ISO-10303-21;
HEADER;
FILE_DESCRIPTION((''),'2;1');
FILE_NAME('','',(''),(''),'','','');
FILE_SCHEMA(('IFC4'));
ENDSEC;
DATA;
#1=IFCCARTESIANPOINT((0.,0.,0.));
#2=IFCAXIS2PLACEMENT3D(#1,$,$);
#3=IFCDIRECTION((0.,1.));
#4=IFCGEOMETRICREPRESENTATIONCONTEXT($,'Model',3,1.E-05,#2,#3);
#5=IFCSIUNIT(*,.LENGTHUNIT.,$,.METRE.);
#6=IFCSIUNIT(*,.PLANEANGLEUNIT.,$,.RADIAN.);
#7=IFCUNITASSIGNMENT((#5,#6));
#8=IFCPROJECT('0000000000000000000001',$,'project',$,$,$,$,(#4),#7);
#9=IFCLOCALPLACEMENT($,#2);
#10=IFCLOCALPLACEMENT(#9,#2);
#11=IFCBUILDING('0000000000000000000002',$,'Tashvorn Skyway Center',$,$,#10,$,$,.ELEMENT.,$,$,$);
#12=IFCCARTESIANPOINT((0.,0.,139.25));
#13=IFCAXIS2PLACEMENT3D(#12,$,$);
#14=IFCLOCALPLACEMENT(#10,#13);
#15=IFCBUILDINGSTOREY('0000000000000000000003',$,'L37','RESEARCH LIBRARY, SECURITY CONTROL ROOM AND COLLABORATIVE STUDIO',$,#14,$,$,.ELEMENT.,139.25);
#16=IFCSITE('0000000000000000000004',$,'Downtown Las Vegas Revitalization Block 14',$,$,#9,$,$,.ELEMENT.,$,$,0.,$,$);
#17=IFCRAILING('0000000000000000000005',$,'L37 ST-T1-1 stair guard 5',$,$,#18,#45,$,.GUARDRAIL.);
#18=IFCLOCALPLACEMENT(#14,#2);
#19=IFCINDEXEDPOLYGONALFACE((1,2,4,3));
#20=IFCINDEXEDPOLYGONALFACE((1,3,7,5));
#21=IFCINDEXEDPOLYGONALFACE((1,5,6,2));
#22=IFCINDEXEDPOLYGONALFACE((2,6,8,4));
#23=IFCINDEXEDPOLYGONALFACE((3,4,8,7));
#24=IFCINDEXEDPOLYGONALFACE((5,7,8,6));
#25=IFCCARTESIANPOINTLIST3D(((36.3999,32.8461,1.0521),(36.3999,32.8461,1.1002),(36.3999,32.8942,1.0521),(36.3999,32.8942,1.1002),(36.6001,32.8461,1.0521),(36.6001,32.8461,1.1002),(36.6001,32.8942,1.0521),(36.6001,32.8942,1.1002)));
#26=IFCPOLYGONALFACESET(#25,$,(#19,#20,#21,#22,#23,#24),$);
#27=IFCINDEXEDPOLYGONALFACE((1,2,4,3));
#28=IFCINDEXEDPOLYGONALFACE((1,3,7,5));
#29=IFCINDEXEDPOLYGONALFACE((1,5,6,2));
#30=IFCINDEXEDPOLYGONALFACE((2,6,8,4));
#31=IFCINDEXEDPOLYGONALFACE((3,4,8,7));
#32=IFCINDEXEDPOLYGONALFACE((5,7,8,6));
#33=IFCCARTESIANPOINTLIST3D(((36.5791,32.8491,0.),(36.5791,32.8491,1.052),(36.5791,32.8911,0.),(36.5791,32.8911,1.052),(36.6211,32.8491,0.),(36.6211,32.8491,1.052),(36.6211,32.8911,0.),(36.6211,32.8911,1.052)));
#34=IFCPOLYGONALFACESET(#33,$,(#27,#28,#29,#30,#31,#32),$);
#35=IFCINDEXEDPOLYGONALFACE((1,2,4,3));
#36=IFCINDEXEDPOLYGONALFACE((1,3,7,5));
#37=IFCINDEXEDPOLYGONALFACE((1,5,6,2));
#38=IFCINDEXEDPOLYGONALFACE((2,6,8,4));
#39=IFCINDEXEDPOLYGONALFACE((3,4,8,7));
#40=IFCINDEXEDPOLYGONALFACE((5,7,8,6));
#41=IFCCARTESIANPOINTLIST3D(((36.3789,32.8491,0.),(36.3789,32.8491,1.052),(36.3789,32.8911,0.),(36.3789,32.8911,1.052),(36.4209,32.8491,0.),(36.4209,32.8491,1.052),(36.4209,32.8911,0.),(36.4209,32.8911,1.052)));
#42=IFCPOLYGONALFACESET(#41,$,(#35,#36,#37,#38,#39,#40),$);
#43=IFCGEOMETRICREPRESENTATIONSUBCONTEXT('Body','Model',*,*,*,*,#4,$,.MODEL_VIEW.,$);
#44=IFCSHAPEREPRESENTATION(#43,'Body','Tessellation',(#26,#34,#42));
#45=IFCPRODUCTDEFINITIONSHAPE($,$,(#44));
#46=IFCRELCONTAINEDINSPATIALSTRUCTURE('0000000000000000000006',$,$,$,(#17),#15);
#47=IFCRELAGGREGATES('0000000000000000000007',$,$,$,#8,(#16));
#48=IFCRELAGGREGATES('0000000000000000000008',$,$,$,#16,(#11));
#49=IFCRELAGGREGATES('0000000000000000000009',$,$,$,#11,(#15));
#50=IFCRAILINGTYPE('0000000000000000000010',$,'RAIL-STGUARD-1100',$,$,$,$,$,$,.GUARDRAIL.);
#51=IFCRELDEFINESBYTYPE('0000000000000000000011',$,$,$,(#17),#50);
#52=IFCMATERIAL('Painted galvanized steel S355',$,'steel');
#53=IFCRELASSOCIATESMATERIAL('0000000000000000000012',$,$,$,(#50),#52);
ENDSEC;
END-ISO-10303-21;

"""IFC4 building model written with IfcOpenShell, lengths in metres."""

from ifc_helpers import new_model, si_unit, direction, frame, origin, origin_2d, place, context, subcontext, project, spatial, rectangle, extrude, material, type_object, element, save


model = new_model("IFC4")

# Units and contexts
model_context = context("Model", 3, precision=1e-05, world=origin(), true_north=direction((0.0, 1.0)))
body_context = subcontext(model_context, "Body", "Model", "MODEL_VIEW")
ifc_project = project(units=[si_unit("LENGTHUNIT", "METRE"), si_unit("PLANEANGLEUNIT", "RADIAN")], contexts=[model_context])

# Site, building, storey
site_placement = place(None, origin())
site = spatial("IfcSite", under=ifc_project, at=site_placement, Name="Downtown Las Vegas Revitalization Block 14", CompositionType="ELEMENT", RefElevation=0.0)
building_placement = place(site_placement, origin())
building = spatial("IfcBuilding", under=site, at=building_placement, Name="Tashvorn Skyway Center", CompositionType="ELEMENT")
storey_placement = place(building_placement, frame((0.0, 0.0, 139.25)))
storey = spatial("IfcBuildingStorey", under=building, at=storey_placement, Name="L37", Description="RESEARCH LIBRARY, SECURITY CONTROL ROOM AND COLLABORATIVE STUDIO", CompositionType="ELEMENT", Elevation=139.25)

# Railing
ifc_material_1 = material(Name="Painted galvanized steel S355", Category="steel")
railing_type_1 = type_object("IfcRailingType", Name="RAIL-STGUARD-1100", PredefinedType="GUARDRAIL", material=ifc_material_1)
railing_1_placement = place(storey_placement, frame((36.6001, 32.8701, 0.0)))
element("IfcRailing", 1, at=railing_1_placement, inside=storey, type_object=railing_type_1, Name="L37 ST-T1-1 stair guard 5", PredefinedType="GUARDRAIL", context=body_context, shape_type="SweptSolid", body=[
    extrude(rectangle(XDim=0.0481, YDim=0.0481, at=origin_2d()), frame((0.0, 0.0, 1.0762), z_axis=(-1.0, 0.0, 0.0), x_axis=(0.0, -1.0, 0.0)), (0.0, 0.0, 1.0), 0.2002),
    extrude(rectangle(XDim=0.042, YDim=0.042, at=origin_2d()), origin(), (0.0, 0.0, 1.0), 1.052),
    extrude(rectangle(XDim=0.042, YDim=0.042, at=origin_2d()), frame((-0.2002, 0.0, 0.0)), (0.0, 0.0, 1.0), 1.052),
])

save(model, "model.ifc")
